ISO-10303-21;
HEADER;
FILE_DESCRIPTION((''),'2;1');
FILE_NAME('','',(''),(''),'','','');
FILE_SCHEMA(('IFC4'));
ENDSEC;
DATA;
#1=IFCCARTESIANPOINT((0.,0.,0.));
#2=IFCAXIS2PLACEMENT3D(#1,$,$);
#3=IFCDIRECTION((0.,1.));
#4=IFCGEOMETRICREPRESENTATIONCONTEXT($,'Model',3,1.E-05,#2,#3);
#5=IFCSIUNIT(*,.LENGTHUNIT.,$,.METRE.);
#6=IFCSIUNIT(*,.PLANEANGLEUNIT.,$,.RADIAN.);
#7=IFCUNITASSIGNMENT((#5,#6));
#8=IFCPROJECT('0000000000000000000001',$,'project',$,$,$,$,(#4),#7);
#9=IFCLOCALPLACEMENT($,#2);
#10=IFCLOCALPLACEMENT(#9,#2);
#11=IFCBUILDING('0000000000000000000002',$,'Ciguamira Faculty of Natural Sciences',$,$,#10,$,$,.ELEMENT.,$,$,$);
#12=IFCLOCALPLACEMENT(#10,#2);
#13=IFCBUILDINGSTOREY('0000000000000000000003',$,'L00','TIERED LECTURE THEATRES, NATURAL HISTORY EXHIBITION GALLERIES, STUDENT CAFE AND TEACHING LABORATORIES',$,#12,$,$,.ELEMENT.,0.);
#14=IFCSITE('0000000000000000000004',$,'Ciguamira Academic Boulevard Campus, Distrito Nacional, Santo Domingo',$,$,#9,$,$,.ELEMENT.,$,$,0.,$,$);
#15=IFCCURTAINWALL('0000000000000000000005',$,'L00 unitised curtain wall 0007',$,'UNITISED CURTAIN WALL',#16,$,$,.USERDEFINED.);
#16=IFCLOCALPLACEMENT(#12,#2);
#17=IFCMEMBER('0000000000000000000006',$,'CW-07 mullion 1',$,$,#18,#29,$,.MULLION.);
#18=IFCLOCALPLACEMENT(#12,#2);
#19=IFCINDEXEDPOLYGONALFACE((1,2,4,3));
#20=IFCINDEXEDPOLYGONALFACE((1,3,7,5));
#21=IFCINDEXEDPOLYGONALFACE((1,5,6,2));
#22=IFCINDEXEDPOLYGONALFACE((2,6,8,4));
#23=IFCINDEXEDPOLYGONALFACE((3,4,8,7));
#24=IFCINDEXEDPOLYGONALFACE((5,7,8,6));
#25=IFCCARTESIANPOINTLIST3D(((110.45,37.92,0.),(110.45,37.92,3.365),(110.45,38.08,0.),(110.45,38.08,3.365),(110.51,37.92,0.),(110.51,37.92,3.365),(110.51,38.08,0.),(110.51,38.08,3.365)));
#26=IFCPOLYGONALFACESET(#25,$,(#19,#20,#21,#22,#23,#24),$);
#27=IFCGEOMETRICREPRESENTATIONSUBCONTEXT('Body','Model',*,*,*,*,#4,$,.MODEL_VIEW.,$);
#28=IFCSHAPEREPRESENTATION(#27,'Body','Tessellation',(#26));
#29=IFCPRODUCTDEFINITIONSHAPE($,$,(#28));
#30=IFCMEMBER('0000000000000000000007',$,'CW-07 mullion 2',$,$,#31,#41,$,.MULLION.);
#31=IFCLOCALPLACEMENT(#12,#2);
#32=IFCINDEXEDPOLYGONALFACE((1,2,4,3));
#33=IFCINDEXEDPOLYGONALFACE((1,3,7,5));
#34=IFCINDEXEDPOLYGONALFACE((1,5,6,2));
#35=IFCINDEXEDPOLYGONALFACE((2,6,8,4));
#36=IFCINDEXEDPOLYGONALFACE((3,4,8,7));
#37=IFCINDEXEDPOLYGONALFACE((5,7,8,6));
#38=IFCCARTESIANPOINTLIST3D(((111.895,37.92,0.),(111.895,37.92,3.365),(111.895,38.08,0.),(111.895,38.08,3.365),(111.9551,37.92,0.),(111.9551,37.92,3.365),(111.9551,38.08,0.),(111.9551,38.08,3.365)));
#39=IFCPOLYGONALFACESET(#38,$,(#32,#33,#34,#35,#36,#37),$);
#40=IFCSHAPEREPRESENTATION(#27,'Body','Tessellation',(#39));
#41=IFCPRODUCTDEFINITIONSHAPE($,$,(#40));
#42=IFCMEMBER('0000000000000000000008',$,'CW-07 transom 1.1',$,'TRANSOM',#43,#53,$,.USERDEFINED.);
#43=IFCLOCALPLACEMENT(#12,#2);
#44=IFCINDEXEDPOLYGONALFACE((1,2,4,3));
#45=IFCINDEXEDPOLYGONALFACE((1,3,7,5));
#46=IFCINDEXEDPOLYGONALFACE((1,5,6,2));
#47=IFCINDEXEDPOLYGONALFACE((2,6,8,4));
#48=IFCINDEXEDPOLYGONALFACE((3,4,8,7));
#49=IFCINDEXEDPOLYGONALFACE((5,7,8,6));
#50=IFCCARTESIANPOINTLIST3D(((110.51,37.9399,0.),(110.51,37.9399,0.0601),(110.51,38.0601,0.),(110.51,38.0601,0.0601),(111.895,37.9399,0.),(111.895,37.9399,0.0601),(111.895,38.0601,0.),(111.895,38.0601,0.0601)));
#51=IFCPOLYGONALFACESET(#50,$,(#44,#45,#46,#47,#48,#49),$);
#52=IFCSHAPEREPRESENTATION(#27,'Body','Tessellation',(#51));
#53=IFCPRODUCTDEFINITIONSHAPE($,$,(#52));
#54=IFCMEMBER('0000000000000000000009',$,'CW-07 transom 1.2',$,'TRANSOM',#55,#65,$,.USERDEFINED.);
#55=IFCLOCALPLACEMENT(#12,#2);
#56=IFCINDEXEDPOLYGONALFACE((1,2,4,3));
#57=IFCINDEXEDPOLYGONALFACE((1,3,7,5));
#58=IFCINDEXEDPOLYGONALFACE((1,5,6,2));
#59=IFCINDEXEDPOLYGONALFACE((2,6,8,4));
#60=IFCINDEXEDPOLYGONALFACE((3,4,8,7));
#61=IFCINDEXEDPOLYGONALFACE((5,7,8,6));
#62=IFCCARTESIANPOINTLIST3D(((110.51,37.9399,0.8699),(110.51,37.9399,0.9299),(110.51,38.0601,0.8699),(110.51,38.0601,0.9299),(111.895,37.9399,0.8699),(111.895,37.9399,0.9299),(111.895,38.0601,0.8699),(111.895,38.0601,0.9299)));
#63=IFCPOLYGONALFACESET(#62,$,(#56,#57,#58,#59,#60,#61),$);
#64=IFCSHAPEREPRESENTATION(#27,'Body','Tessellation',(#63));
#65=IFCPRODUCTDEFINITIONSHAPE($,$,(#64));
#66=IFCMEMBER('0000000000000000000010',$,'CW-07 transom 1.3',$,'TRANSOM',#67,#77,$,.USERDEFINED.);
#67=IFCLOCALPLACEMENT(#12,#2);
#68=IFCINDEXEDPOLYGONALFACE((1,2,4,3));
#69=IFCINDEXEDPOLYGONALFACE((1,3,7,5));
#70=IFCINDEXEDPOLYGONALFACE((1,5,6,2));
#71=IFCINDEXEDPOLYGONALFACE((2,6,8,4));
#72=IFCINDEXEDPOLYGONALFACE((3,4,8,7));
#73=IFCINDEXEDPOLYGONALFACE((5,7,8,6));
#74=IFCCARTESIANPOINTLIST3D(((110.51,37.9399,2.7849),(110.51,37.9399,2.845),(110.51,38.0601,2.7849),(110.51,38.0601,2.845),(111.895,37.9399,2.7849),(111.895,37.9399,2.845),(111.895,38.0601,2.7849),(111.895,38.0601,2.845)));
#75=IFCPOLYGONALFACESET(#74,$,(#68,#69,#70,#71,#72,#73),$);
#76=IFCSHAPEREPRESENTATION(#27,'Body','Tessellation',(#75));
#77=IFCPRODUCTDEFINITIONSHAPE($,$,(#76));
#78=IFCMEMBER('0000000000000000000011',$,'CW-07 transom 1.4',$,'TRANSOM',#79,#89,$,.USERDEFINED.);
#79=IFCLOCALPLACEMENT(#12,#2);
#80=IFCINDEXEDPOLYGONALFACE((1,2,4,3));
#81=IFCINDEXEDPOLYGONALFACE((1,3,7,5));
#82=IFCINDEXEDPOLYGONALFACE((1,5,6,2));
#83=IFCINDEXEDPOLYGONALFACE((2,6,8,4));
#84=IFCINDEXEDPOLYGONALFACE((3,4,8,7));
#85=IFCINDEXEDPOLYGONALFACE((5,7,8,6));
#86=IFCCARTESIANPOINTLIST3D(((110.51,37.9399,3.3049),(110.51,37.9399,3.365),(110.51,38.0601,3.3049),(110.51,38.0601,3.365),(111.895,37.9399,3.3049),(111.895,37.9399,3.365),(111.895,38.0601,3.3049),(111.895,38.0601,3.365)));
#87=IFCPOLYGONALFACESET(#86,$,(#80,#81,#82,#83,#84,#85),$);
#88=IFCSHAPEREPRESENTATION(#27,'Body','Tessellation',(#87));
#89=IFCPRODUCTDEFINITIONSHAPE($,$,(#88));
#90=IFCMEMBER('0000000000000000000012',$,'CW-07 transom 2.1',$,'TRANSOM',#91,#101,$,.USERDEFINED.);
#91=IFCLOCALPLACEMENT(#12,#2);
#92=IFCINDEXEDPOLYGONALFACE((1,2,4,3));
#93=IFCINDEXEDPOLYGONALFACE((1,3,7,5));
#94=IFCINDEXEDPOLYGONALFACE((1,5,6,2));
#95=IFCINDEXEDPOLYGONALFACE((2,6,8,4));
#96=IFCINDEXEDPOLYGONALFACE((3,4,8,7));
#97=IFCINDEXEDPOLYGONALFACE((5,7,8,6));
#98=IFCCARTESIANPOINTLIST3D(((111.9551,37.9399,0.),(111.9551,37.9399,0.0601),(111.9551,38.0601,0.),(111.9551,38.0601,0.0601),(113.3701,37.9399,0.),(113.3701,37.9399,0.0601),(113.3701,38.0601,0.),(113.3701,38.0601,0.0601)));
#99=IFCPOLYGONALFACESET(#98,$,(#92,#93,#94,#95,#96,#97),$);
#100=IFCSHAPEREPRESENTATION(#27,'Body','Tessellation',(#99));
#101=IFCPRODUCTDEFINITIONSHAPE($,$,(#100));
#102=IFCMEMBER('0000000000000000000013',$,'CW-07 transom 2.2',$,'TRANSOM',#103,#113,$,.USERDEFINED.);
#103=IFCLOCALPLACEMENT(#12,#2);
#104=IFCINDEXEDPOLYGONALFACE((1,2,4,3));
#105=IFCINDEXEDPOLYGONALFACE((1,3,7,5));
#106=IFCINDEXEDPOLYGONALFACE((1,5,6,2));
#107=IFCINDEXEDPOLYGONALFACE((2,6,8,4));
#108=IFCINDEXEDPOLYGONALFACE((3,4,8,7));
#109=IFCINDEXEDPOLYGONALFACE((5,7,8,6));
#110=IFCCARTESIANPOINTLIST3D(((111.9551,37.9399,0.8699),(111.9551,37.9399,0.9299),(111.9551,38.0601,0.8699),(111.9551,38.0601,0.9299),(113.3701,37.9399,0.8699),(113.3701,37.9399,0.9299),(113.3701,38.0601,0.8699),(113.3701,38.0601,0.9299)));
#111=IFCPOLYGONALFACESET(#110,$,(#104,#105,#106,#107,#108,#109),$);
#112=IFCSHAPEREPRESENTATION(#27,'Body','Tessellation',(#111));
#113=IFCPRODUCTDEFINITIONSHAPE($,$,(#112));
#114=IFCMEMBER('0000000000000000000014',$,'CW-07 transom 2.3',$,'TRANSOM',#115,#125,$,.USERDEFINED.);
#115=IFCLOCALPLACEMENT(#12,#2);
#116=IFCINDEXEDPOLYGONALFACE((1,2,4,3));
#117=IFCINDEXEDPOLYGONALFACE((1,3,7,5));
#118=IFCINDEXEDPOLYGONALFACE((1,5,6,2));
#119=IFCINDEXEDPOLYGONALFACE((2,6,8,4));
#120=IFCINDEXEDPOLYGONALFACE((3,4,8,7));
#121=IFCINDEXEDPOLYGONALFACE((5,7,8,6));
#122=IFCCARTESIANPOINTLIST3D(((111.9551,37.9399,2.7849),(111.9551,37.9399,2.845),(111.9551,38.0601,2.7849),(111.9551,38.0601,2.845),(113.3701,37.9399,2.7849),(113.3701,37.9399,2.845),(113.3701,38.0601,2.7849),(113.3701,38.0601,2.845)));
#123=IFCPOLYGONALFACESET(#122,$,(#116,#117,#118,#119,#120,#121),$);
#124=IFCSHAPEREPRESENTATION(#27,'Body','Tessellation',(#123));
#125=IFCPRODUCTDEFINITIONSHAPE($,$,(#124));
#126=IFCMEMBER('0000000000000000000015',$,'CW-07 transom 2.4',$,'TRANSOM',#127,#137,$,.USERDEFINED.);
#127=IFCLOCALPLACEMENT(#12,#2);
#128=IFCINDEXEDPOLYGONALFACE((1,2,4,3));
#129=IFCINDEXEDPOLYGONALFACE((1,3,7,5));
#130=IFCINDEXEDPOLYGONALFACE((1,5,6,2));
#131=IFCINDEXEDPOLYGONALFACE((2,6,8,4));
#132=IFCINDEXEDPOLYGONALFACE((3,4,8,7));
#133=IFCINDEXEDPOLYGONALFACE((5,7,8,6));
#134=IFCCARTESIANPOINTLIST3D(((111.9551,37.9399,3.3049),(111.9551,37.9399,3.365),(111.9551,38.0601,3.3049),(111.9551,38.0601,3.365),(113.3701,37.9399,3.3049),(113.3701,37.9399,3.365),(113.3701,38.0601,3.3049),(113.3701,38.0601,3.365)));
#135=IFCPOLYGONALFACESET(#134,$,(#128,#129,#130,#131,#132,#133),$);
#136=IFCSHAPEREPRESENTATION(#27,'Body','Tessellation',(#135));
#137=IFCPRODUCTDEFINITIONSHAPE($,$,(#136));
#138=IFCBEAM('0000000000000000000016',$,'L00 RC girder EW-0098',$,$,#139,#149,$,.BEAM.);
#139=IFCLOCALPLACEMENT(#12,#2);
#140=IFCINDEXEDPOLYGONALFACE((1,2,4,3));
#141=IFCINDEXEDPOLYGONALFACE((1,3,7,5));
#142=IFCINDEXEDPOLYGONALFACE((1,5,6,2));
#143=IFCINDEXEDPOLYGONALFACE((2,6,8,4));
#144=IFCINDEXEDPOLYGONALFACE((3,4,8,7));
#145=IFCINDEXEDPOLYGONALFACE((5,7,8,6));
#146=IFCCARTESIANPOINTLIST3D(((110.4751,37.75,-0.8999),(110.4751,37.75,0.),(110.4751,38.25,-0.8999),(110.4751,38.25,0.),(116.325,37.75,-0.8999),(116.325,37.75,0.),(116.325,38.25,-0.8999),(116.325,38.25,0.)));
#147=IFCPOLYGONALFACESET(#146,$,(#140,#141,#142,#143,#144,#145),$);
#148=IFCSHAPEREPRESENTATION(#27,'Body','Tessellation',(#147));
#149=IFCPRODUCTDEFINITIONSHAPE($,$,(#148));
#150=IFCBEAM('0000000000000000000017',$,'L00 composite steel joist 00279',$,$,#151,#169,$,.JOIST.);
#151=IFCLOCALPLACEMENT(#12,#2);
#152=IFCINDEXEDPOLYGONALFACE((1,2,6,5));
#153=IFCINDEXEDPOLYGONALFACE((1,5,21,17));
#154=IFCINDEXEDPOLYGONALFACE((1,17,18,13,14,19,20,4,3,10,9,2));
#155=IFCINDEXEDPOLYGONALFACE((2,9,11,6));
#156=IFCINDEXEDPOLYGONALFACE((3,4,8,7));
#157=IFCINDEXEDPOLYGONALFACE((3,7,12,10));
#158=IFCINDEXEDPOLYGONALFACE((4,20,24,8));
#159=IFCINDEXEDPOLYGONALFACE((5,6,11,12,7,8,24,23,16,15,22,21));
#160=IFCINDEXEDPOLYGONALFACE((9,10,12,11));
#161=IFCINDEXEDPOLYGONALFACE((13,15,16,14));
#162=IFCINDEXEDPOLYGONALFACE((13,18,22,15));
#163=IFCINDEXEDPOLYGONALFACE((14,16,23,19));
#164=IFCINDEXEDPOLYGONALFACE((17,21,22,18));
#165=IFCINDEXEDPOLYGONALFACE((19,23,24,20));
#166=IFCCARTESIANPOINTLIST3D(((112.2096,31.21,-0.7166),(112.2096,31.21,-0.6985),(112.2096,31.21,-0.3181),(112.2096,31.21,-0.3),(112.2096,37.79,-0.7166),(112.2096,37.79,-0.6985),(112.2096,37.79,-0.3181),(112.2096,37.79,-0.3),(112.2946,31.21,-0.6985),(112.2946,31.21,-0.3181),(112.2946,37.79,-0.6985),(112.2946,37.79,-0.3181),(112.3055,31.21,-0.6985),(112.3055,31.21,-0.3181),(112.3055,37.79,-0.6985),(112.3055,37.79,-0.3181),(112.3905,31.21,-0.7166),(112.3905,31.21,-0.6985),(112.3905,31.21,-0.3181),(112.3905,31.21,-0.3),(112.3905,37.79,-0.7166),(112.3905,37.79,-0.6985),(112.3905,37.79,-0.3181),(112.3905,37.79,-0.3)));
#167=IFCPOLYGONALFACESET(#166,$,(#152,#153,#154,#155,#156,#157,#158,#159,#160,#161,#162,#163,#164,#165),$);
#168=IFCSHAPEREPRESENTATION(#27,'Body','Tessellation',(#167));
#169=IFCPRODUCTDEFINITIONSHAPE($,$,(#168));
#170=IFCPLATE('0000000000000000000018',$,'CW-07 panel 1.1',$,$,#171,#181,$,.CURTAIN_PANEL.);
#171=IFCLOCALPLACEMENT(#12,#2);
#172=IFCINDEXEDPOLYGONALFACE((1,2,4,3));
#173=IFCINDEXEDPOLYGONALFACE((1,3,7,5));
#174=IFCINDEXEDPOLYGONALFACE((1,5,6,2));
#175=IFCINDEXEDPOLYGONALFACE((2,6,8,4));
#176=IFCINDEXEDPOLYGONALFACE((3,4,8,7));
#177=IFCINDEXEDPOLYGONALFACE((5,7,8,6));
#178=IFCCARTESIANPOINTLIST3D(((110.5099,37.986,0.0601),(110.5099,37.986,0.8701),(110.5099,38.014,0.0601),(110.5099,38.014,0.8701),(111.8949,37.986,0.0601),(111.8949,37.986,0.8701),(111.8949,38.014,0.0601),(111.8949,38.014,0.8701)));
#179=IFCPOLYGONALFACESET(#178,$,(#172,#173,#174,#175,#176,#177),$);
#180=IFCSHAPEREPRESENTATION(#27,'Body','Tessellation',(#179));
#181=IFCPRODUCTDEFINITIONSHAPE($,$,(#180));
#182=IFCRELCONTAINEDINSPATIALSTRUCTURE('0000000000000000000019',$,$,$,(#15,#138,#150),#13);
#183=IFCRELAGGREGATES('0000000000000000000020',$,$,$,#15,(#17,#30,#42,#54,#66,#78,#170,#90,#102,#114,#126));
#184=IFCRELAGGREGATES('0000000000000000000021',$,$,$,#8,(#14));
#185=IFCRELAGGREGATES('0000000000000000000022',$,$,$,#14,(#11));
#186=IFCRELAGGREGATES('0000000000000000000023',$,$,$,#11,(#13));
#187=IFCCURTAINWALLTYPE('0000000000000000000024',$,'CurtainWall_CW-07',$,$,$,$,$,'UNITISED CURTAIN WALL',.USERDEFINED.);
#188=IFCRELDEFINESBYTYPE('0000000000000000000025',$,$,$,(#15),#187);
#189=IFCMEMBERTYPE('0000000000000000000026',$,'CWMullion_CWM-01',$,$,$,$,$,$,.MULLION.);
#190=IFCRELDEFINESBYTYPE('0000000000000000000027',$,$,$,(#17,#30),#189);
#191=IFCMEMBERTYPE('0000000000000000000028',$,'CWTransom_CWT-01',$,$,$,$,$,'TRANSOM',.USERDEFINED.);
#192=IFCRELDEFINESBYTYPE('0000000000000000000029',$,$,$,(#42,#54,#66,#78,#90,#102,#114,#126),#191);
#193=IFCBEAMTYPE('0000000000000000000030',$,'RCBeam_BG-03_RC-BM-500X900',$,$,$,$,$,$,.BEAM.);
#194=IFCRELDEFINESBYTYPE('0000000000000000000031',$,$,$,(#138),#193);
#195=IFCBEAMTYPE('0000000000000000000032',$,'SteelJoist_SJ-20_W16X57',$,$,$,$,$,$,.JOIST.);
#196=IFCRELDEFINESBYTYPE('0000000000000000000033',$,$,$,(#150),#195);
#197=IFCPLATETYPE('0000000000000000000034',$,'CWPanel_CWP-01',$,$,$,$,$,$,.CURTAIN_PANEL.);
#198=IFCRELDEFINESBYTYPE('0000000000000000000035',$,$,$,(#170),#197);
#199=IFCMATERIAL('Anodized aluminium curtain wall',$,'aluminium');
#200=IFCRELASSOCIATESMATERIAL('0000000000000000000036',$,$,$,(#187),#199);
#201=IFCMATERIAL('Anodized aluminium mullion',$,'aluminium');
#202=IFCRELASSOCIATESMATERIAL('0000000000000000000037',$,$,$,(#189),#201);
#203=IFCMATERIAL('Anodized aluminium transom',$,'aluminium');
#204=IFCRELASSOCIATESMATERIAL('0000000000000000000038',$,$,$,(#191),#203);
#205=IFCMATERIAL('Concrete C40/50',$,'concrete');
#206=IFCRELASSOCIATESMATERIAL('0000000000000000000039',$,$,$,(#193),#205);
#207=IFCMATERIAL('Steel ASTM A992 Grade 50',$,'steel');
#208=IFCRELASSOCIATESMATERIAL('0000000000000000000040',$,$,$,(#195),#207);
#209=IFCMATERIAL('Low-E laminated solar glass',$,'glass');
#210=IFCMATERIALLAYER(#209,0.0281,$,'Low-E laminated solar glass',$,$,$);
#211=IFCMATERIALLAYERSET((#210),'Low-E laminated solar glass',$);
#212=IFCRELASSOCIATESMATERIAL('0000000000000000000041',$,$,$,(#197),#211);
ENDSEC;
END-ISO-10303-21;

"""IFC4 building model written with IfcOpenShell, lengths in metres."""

from ifc_helpers import new_model, si_unit, direction, frame, origin, origin_2d, place, context, subcontext, project, spatial, rectangle, i_section, extrude, material, layer, layer_set, material_profile, profile_set, type_object, element, aggregate, save


model = new_model("IFC4")

# Units and contexts
model_context = context("Model", 3, precision=1e-05, world=origin(), true_north=direction((0.0, 1.0)))
body_context = subcontext(model_context, "Body", "Model", "MODEL_VIEW")
ifc_project = project(units=[si_unit("LENGTHUNIT", "METRE"), si_unit("PLANEANGLEUNIT", "RADIAN")], contexts=[model_context])

# Site, building, storey
site_placement = place(None, origin())
site = spatial("IfcSite", under=ifc_project, at=site_placement, Name="Ciguamira Academic Boulevard Campus, Distrito Nacional, Santo Domingo", CompositionType="ELEMENT", RefElevation=0.0)
building_placement = place(site_placement, origin())
building = spatial("IfcBuilding", under=site, at=building_placement, Name="Ciguamira Faculty of Natural Sciences", CompositionType="ELEMENT")
storey_placement = place(building_placement, origin())
storey = spatial("IfcBuildingStorey", under=building, at=storey_placement, Name="L00", Description="TIERED LECTURE THEATRES, NATURAL HISTORY EXHIBITION GALLERIES, STUDENT CAFE AND TEACHING LABORATORIES", CompositionType="ELEMENT", Elevation=0.0)

# Curtain wall, members
ifc_material_1 = material(Name="Anodized aluminium curtain wall", Category="aluminium")
curtain_wall_type = type_object("IfcCurtainWallType", Name="CurtainWall_CW-07", ElementType="UNITISED CURTAIN WALL", PredefinedType="USERDEFINED", material=ifc_material_1)
curtain_wall_placement = place(storey_placement, origin())
curtain_wall = element("IfcCurtainWall", 1, at=curtain_wall_placement, inside=storey, type_object=curtain_wall_type, Name="L00 unitised curtain wall 0007", ObjectType="UNITISED CURTAIN WALL", PredefinedType="USERDEFINED")
ifc_material_2 = material(Name="Anodized aluminium mullion", Category="aluminium")
ifc_material_profile_1 = material_profile(ifc_material_2, rectangle(XDim=0.0601, YDim=0.1599, at=origin_2d()), Name="ALU-MUL-60X160")
ifc_profile_set_1 = profile_set([ifc_material_profile_1], Name="Anodized aluminium mullion")
member_type_1 = type_object("IfcMemberType", Name="CWMullion_CWM-01", PredefinedType="MULLION", material=ifc_profile_set_1)
member_1_placement = place(storey_placement, frame((110.48, 38.0, 0.0), z_axis=(0.0, 0.0, 1.0), x_axis=(1.0, 0.0, 0.0)))
member_1 = element("IfcMember", 2, at=member_1_placement, type_object=member_type_1, Name="CW-07 mullion 1", PredefinedType="MULLION", context=body_context, shape_type="SweptSolid", body=[
    extrude(rectangle(XDim=0.0601, YDim=0.1599, at=origin_2d()), origin(), (0.0, 0.0, 1.0), 3.365),
])
member_2_placement = place(storey_placement, frame((111.925, 38.0, 0.0), z_axis=(0.0, 0.0, 1.0), x_axis=(1.0, 0.0, 0.0)))
member_2 = element("IfcMember", 3, at=member_2_placement, type_object=member_type_1, Name="CW-07 mullion 2", PredefinedType="MULLION", context=body_context, shape_type="SweptSolid", body=[
    extrude(rectangle(XDim=0.0601, YDim=0.1599, at=origin_2d()), origin(), (0.0, 0.0, 1.0), 3.365),
])
ifc_material_3 = material(Name="Anodized aluminium transom", Category="aluminium")
ifc_material_profile_2 = material_profile(ifc_material_3, rectangle(XDim=0.0601, YDim=0.1201, at=origin_2d()), Name="ALU-TRN-60X120")
ifc_profile_set_2 = profile_set([ifc_material_profile_2], Name="Anodized aluminium transom")
member_type_2 = type_object("IfcMemberType", Name="CWTransom_CWT-01", ElementType="TRANSOM", PredefinedType="USERDEFINED", material=ifc_profile_set_2)
member_3_placement = place(storey_placement, frame((110.51, 38.0, 0.03), z_axis=(1.0, 0.0, 0.0), x_axis=(0.0, 0.0, 1.0)))
member_3 = element("IfcMember", 4, at=member_3_placement, type_object=member_type_2, Name="CW-07 transom 1.1", ObjectType="TRANSOM", PredefinedType="USERDEFINED", context=body_context, shape_type="SweptSolid", body=[
    extrude(rectangle(XDim=0.0601, YDim=0.1201, at=origin_2d()), origin(), (0.0, 0.0, 1.0), 1.385),
])
member_4_placement = place(storey_placement, frame((110.51, 38.0, 0.8999), z_axis=(1.0, 0.0, 0.0), x_axis=(0.0, 0.0, 1.0)))
member_4 = element("IfcMember", 5, at=member_4_placement, type_object=member_type_2, Name="CW-07 transom 1.2", ObjectType="TRANSOM", PredefinedType="USERDEFINED", context=body_context, shape_type="SweptSolid", body=[
    extrude(rectangle(XDim=0.0601, YDim=0.1201, at=origin_2d()), origin(), (0.0, 0.0, 1.0), 1.385),
])
member_5_placement = place(storey_placement, frame((110.51, 38.0, 2.8149), z_axis=(1.0, 0.0, 0.0), x_axis=(0.0, 0.0, 1.0)))
member_5 = element("IfcMember", 6, at=member_5_placement, type_object=member_type_2, Name="CW-07 transom 1.3", ObjectType="TRANSOM", PredefinedType="USERDEFINED", context=body_context, shape_type="SweptSolid", body=[
    extrude(rectangle(XDim=0.0601, YDim=0.1201, at=origin_2d()), origin(), (0.0, 0.0, 1.0), 1.385),
])
member_6_placement = place(storey_placement, frame((110.51, 38.0, 3.335), z_axis=(1.0, 0.0, 0.0), x_axis=(0.0, 0.0, 1.0)))
member_6 = element("IfcMember", 7, at=member_6_placement, type_object=member_type_2, Name="CW-07 transom 1.4", ObjectType="TRANSOM", PredefinedType="USERDEFINED", context=body_context, shape_type="SweptSolid", body=[
    extrude(rectangle(XDim=0.0601, YDim=0.1201, at=origin_2d()), origin(), (0.0, 0.0, 1.0), 1.385),
])
member_7_placement = place(storey_placement, frame((111.9551, 38.0, 0.03), z_axis=(1.0, 0.0, 0.0), x_axis=(0.0, 0.0, 1.0)))
member_7 = element("IfcMember", 8, at=member_7_placement, type_object=member_type_2, Name="CW-07 transom 2.1", ObjectType="TRANSOM", PredefinedType="USERDEFINED", context=body_context, shape_type="SweptSolid", body=[
    extrude(rectangle(XDim=0.0601, YDim=0.1201, at=origin_2d()), origin(), (0.0, 0.0, 1.0), 1.415),
])
member_8_placement = place(storey_placement, frame((111.9551, 38.0, 0.8999), z_axis=(1.0, 0.0, 0.0), x_axis=(0.0, 0.0, 1.0)))
member_8 = element("IfcMember", 9, at=member_8_placement, type_object=member_type_2, Name="CW-07 transom 2.2", ObjectType="TRANSOM", PredefinedType="USERDEFINED", context=body_context, shape_type="SweptSolid", body=[
    extrude(rectangle(XDim=0.0601, YDim=0.1201, at=origin_2d()), origin(), (0.0, 0.0, 1.0), 1.415),
])
member_9_placement = place(storey_placement, frame((111.9551, 38.0, 2.8149), z_axis=(1.0, 0.0, 0.0), x_axis=(0.0, 0.0, 1.0)))
member_9 = element("IfcMember", 10, at=member_9_placement, type_object=member_type_2, Name="CW-07 transom 2.3", ObjectType="TRANSOM", PredefinedType="USERDEFINED", context=body_context, shape_type="SweptSolid", body=[
    extrude(rectangle(XDim=0.0601, YDim=0.1201, at=origin_2d()), origin(), (0.0, 0.0, 1.0), 1.415),
])
member_10_placement = place(storey_placement, frame((111.9551, 38.0, 3.335), z_axis=(1.0, 0.0, 0.0), x_axis=(0.0, 0.0, 1.0)))
member_10 = element("IfcMember", 11, at=member_10_placement, type_object=member_type_2, Name="CW-07 transom 2.4", ObjectType="TRANSOM", PredefinedType="USERDEFINED", context=body_context, shape_type="SweptSolid", body=[
    extrude(rectangle(XDim=0.0601, YDim=0.1201, at=origin_2d()), origin(), (0.0, 0.0, 1.0), 1.415),
])

# Beams
ifc_material_4 = material(Name="Concrete C40/50", Category="concrete")
ifc_material_profile_3 = material_profile(ifc_material_4, rectangle(XDim=0.5, YDim=0.8999, at=origin_2d()), Name="RC-BM-500X900")
ifc_profile_set_3 = profile_set([ifc_material_profile_3], Name="Concrete C40/50")
beam_type_1 = type_object("IfcBeamType", Name="RCBeam_BG-03_RC-BM-500X900", PredefinedType="BEAM", material=ifc_profile_set_3)
beam_1_placement = place(storey_placement, frame((110.4751, 38.0, -0.45), z_axis=(1.0, 0.0, 0.0), x_axis=(0.0, 1.0, 0.0)))
element("IfcBeam", 12, at=beam_1_placement, inside=storey, type_object=beam_type_1, Name="L00 RC girder EW-0098", PredefinedType="BEAM", context=body_context, shape_type="SweptSolid", body=[
    extrude(rectangle(XDim=0.5, YDim=0.8999, at=origin_2d()), origin(), (0.0, 0.0, 1.0), 5.8499),
])
ifc_material_5 = material(Name="Steel ASTM A992 Grade 50", Category="steel")
ifc_material_profile_4 = material_profile(ifc_material_5, i_section(OverallWidth=0.1809, OverallDepth=0.4165, WebThickness=0.011, FlangeThickness=0.0181, at=origin_2d()), Name="W16X57")
ifc_profile_set_4 = profile_set([ifc_material_profile_4], Name="Steel ASTM A992 Grade 50")
beam_type_2 = type_object("IfcBeamType", Name="SteelJoist_SJ-20_W16X57", PredefinedType="JOIST", material=ifc_profile_set_4)
beam_2_placement = place(storey_placement, frame((112.3, 31.21, -0.5083), z_axis=(0.0, 1.0, 0.0), x_axis=(-1.0, 0.0, 0.0)))
element("IfcBeam", 13, at=beam_2_placement, inside=storey, type_object=beam_type_2, Name="L00 composite steel joist 00279", PredefinedType="JOIST", context=body_context, shape_type="SweptSolid", body=[
    extrude(i_section(OverallWidth=0.1809, OverallDepth=0.4165, WebThickness=0.011, FlangeThickness=0.0181, at=origin_2d()), origin(), (0.0, 0.0, 1.0), 6.5801),
])

# Plate
ifc_material_6 = material(Name="Low-E laminated solar glass", Category="glass")
ifc_layer_1 = layer(ifc_material_6, 0.0281, Name="Low-E laminated solar glass")
ifc_layer_set_1 = layer_set([ifc_layer_1], Name="Low-E laminated solar glass")
plate_type = type_object("IfcPlateType", Name="CWPanel_CWP-01", PredefinedType="CURTAIN_PANEL", material=ifc_layer_set_1)
plate_1_placement = place(storey_placement, frame((111.2024, 38.0, 0.0601), z_axis=(0.0, 0.0, 1.0), x_axis=(1.0, 0.0, 0.0)))
plate_1 = element("IfcPlate", 14, at=plate_1_placement, type_object=plate_type, Name="CW-07 panel 1.1", PredefinedType="CURTAIN_PANEL", context=body_context, shape_type="SweptSolid", body=[
    extrude(rectangle(XDim=1.385, YDim=0.0281, at=origin_2d()), origin(), (0.0, 0.0, 1.0), 0.8101),
])
aggregate(curtain_wall, [member_1, member_2, member_3, member_4, member_5, member_6, plate_1, member_7, member_8, member_9, member_10])

save(model, "model.ifc")
